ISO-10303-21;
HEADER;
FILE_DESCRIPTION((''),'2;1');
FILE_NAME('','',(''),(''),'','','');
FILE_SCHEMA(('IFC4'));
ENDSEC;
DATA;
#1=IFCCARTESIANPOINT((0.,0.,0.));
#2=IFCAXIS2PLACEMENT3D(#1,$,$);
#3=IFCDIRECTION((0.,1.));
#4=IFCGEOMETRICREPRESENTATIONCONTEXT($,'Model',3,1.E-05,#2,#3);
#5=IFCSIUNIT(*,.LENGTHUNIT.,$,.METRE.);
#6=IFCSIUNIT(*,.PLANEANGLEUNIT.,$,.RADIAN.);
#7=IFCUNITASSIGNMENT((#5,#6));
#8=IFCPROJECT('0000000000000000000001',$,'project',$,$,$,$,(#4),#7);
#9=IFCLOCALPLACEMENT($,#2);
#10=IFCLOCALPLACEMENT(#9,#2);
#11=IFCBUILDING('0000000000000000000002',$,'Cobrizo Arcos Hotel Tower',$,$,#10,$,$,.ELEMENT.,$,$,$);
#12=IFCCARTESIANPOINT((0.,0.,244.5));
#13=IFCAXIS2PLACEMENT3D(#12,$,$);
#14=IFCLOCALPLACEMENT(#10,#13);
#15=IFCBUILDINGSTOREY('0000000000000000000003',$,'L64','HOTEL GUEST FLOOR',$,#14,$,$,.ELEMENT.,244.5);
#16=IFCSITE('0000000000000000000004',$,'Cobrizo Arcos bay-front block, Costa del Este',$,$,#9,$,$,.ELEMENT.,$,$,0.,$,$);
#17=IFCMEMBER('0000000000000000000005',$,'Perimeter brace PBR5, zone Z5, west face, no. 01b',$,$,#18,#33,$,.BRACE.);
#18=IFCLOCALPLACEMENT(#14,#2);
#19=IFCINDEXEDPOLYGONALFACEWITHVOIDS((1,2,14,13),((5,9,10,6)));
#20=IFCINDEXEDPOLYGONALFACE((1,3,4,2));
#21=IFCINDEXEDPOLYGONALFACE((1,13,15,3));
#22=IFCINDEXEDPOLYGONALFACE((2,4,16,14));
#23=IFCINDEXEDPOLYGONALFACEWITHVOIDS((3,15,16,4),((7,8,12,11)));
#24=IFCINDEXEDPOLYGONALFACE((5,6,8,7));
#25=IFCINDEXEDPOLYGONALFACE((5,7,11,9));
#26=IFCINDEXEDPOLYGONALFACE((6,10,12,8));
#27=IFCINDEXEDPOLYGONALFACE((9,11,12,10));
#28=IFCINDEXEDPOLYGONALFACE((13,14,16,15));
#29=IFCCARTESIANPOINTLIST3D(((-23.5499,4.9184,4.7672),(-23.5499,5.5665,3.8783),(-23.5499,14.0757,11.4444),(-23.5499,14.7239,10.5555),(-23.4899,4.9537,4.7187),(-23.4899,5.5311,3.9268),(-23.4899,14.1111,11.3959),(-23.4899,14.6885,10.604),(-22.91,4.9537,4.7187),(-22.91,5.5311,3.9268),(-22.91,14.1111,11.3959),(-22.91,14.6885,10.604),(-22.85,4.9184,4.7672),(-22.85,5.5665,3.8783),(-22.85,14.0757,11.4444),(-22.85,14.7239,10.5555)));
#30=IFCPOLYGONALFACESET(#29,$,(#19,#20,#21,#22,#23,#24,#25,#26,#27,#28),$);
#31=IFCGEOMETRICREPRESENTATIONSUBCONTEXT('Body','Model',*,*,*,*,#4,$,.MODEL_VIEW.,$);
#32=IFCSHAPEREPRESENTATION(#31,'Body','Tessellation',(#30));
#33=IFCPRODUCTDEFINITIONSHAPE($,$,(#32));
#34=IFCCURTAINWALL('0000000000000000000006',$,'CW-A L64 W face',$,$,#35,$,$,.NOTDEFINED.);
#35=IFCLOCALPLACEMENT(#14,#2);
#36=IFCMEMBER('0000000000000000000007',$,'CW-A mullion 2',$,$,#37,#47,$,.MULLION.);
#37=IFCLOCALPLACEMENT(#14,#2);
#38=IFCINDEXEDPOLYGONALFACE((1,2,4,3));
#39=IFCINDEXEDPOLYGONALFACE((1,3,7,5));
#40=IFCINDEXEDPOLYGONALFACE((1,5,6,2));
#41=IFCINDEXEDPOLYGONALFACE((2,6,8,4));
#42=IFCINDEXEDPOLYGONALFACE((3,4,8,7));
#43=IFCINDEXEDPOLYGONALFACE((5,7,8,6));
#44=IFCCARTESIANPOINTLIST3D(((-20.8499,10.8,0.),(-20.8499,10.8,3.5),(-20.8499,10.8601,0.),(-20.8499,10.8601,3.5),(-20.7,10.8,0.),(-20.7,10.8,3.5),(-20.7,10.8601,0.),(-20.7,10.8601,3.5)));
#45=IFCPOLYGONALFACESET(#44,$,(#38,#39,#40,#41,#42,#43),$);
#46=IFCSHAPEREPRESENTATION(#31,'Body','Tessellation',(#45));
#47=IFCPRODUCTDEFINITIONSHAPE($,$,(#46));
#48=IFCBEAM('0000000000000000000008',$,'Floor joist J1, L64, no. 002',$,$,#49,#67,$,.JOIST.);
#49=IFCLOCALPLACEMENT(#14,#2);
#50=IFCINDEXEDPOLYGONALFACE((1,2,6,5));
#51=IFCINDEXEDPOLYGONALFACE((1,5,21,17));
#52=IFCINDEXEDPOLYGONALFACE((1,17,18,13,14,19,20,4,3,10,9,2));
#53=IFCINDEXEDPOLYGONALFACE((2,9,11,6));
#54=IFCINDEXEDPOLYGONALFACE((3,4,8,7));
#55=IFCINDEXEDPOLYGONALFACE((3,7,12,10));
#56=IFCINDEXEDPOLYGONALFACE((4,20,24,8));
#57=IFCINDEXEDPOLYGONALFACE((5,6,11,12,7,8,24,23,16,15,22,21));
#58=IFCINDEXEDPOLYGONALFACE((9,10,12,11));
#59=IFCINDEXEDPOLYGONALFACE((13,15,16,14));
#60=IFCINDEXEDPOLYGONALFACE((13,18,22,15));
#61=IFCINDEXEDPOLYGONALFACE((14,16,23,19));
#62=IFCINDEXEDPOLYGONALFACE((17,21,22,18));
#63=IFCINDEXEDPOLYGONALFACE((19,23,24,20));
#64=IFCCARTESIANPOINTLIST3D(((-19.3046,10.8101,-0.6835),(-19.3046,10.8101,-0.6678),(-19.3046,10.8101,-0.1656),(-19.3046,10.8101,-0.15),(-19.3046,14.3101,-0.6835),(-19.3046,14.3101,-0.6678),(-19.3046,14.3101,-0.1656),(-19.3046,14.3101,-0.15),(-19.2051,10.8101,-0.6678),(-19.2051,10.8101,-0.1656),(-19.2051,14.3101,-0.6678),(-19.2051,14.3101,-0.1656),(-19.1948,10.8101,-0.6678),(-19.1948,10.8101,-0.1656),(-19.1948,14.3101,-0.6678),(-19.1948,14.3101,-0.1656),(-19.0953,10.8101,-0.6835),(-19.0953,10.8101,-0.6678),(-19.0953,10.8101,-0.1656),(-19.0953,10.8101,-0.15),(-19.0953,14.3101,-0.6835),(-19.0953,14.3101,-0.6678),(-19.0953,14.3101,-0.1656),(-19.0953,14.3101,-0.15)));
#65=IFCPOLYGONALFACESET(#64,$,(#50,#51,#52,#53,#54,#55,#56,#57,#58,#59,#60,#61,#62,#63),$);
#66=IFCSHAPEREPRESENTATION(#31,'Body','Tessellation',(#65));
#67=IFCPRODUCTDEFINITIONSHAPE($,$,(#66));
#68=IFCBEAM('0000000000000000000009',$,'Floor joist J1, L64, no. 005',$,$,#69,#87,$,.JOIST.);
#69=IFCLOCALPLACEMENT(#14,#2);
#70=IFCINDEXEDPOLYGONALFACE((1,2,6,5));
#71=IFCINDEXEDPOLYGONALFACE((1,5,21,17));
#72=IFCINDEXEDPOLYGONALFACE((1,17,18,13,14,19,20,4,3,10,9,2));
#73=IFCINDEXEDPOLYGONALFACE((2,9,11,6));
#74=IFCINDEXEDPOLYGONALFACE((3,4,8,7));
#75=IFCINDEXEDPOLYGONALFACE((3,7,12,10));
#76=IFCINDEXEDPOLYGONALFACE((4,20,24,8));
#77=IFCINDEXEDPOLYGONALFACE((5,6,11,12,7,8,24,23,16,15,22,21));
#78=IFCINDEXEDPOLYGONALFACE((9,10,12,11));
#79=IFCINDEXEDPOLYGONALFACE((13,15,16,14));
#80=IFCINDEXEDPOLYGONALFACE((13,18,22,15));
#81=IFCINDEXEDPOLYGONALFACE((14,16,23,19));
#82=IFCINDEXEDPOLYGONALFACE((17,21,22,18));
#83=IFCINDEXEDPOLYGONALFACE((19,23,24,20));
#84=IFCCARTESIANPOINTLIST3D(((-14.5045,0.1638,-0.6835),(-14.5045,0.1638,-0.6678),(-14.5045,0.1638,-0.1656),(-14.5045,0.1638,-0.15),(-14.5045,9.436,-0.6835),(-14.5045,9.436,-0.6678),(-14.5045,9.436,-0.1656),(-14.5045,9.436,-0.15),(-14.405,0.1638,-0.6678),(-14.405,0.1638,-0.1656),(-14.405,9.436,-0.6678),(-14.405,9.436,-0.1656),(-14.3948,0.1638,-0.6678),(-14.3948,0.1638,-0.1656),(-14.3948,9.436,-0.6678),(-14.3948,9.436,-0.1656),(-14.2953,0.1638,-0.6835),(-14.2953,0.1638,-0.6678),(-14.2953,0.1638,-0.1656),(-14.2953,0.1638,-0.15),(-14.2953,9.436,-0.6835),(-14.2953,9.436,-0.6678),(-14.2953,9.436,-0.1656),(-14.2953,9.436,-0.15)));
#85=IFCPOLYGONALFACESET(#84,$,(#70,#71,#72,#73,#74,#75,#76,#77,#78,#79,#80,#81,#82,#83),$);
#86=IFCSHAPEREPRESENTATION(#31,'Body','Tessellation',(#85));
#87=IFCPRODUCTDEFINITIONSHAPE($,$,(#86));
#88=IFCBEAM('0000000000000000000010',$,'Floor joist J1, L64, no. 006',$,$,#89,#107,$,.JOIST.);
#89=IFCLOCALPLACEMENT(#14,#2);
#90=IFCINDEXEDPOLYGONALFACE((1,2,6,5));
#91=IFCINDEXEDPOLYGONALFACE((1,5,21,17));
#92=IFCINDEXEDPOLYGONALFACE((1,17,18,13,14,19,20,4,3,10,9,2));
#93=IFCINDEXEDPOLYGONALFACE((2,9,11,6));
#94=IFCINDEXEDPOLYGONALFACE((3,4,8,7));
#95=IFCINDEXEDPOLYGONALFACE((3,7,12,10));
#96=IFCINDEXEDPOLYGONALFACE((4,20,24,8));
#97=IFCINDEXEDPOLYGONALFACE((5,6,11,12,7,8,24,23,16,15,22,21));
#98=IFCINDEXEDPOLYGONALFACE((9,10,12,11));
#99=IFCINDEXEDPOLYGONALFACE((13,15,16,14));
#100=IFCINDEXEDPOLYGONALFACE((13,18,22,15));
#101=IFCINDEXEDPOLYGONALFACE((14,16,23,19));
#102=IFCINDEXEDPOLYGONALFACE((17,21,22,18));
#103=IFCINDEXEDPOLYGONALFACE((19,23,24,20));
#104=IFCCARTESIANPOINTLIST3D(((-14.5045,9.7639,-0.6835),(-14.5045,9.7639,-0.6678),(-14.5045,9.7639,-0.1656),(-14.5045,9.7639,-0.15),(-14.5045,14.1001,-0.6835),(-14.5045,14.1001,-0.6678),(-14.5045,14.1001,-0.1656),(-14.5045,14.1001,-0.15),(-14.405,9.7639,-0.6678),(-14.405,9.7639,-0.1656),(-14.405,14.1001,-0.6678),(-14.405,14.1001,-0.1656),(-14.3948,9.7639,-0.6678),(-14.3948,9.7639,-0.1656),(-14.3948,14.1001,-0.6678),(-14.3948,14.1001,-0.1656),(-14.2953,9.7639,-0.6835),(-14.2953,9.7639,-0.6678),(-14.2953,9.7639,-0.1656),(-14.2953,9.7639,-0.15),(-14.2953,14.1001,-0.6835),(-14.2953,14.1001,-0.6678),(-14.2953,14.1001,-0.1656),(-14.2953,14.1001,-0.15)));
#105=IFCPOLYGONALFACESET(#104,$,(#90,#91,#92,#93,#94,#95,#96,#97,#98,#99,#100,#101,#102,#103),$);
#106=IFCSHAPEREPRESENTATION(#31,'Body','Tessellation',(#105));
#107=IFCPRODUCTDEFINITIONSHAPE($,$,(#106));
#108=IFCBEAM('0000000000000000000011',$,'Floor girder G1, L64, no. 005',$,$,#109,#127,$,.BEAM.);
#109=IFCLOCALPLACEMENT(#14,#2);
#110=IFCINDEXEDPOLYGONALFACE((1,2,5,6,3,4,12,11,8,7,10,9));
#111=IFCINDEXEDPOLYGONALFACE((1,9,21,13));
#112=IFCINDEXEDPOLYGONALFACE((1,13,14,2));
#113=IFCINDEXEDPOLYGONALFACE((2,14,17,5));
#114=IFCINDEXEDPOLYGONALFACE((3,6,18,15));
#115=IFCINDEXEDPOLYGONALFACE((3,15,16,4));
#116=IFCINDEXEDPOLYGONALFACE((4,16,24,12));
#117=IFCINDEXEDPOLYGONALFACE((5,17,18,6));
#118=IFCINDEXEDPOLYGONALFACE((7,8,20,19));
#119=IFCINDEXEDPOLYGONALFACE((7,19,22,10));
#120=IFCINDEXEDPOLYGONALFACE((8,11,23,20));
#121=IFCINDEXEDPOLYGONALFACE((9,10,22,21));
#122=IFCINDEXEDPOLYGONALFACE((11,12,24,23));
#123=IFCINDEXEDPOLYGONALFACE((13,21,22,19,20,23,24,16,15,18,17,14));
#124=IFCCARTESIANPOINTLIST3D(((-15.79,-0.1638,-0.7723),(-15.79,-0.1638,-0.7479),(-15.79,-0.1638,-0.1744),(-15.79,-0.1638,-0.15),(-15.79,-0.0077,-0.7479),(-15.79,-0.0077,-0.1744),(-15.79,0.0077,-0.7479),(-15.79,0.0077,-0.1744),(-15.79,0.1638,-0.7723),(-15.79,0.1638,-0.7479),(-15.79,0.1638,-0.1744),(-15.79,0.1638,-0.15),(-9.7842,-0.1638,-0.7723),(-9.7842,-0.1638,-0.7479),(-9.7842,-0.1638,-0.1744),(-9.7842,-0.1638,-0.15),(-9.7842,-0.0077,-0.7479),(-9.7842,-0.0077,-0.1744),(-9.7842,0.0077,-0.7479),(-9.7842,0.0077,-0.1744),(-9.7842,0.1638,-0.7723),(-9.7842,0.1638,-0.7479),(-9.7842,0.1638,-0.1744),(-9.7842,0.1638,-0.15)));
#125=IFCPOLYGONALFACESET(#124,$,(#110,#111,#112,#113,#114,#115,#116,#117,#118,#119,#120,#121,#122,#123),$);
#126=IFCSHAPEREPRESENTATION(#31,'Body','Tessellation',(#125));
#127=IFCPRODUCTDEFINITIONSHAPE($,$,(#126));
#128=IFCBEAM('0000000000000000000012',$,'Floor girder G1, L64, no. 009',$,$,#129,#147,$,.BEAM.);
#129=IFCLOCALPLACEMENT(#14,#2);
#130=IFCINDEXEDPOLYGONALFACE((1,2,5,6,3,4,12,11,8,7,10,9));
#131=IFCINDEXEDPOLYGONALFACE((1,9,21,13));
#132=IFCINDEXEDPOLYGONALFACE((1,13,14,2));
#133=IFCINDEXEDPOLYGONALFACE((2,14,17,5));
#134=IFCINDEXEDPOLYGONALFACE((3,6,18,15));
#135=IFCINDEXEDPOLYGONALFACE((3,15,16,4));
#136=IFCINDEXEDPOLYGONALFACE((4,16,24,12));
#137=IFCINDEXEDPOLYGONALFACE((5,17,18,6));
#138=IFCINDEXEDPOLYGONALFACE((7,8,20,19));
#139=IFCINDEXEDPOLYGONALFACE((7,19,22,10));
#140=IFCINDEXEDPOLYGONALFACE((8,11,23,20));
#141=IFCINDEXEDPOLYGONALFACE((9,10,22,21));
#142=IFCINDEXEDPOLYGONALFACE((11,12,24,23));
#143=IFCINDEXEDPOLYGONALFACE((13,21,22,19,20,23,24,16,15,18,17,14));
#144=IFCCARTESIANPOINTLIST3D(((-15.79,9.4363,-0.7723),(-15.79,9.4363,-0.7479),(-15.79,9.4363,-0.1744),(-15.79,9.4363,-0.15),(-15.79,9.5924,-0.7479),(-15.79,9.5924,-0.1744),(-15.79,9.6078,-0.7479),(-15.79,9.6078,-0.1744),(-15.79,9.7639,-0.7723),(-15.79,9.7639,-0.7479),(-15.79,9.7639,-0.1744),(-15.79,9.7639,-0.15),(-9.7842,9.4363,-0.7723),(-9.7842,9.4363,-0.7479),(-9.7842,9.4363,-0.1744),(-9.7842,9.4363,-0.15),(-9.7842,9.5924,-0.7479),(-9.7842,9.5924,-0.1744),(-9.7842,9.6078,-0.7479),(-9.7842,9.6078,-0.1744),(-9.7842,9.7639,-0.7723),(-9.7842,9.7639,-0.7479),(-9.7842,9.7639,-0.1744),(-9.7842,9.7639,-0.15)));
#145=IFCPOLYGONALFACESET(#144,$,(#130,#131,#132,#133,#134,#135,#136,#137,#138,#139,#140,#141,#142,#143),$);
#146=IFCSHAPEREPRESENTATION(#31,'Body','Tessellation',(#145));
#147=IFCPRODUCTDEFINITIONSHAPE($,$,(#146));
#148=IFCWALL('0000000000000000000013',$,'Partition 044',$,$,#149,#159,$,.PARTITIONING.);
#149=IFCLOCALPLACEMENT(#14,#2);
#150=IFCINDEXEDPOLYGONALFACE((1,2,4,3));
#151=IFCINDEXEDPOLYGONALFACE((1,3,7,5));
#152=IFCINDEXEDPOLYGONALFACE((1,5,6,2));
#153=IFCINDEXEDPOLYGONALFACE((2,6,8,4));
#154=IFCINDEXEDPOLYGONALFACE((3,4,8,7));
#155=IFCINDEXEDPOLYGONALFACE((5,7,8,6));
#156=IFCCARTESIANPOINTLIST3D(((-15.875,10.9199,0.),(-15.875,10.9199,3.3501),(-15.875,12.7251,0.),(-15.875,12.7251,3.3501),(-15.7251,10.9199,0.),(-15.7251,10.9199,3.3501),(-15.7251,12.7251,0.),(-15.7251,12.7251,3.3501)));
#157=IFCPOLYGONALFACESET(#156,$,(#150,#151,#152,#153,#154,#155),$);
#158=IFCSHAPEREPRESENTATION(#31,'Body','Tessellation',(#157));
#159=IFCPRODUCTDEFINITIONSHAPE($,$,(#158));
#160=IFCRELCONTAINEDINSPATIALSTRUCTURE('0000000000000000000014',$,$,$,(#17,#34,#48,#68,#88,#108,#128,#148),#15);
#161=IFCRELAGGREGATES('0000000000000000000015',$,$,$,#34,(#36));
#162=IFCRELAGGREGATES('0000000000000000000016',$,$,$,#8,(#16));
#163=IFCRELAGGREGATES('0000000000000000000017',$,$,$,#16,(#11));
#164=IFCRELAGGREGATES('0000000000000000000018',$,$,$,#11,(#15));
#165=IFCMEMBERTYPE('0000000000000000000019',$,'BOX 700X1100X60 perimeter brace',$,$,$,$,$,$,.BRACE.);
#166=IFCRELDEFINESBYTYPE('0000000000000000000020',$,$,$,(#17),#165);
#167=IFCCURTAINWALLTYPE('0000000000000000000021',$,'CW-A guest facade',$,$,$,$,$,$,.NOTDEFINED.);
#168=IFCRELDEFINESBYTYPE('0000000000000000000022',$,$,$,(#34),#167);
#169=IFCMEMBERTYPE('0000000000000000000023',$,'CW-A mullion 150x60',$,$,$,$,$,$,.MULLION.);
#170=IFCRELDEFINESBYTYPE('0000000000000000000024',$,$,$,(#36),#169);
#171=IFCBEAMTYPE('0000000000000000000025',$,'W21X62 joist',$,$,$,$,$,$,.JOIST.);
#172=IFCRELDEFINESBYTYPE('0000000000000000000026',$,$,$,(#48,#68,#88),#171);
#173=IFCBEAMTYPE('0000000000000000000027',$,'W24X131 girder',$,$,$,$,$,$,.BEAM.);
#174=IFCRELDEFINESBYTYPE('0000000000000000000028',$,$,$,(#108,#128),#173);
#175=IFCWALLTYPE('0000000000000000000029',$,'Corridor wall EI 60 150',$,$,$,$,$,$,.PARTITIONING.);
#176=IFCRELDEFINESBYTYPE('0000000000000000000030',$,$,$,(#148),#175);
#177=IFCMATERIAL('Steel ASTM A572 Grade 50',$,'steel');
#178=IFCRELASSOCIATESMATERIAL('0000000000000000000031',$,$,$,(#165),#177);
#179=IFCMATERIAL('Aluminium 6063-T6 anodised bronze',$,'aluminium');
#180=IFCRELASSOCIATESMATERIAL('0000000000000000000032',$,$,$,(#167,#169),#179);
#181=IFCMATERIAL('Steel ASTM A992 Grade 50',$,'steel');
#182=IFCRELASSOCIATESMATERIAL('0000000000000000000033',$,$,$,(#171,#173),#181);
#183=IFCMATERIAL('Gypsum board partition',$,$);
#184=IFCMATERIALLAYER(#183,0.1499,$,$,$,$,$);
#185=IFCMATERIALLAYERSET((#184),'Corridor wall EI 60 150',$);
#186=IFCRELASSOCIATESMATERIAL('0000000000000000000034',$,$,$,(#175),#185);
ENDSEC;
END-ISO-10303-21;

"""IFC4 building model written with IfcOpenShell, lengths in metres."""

from ifc_helpers import new_model, si_unit, direction, frame, frame_2d, origin, origin_2d, place, context, subcontext, project, spatial, rectangle, hollow_rectangle, i_section, extrude, material, layer, layer_set, material_profile, profile_set, type_object, element, aggregate, save


model = new_model("IFC4")

# Units and contexts
model_context = context("Model", 3, precision=1e-05, world=origin(), true_north=direction((0.0, 1.0)))
body_context = subcontext(model_context, "Body", "Model", "MODEL_VIEW")
ifc_project = project(units=[si_unit("LENGTHUNIT", "METRE"), si_unit("PLANEANGLEUNIT", "RADIAN")], contexts=[model_context])

# Site, building, storey
site_placement = place(None, origin())
site = spatial("IfcSite", under=ifc_project, at=site_placement, Name="Cobrizo Arcos bay-front block, Costa del Este", CompositionType="ELEMENT", RefElevation=0.0)
building_placement = place(site_placement, origin())
building = spatial("IfcBuilding", under=site, at=building_placement, Name="Cobrizo Arcos Hotel Tower", CompositionType="ELEMENT")
storey_placement = place(building_placement, frame((0.0, 0.0, 244.5)))
storey = spatial("IfcBuildingStorey", under=building, at=storey_placement, Name="L64", Description="HOTEL GUEST FLOOR", CompositionType="ELEMENT", Elevation=244.5)

# Member
ifc_material_1 = material(Name="Steel ASTM A572 Grade 50", Category="steel")
ifc_material_profile_1 = material_profile(ifc_material_1, hollow_rectangle(XDim=0.7, YDim=1.1001, WallThickness=0.0601, at=origin_2d()), Name="BOX 700X1100X60")
ifc_profile_set_1 = profile_set([ifc_material_profile_1], Name="Steel ASTM A572 Grade 50")
member_type_1 = type_object("IfcMemberType", Name="BOX 700X1100X60 perimeter brace", PredefinedType="BRACE", material=ifc_profile_set_1)
member_1_placement = place(storey_placement, frame((-23.2, 5.2424, 4.3228), z_axis=(0.0, 0.808011, 0.589168), x_axis=(-1.0, 0.0, 0.0)))
element("IfcMember", 1, at=member_1_placement, inside=storey, type_object=member_type_1, Name="Perimeter brace PBR5, zone Z5, west face, no. 01b", PredefinedType="BRACE", context=body_context, shape_type="SweptSolid", body=[
    extrude(hollow_rectangle(XDim=0.7, YDim=1.1001, WallThickness=0.0601, at=origin_2d()), origin(), (0.0, 0.0, 1.0), 11.3333),
])

# Curtain wall, member
ifc_material_2 = material(Name="Aluminium 6063-T6 anodised bronze", Category="aluminium")
curtain_wall_type = type_object("IfcCurtainWallType", Name="CW-A guest facade", PredefinedType="NOTDEFINED", material=ifc_material_2)
curtain_wall_placement = place(storey_placement, origin())
curtain_wall = element("IfcCurtainWall", 2, at=curtain_wall_placement, inside=storey, type_object=curtain_wall_type, Name="CW-A L64 W face", PredefinedType="NOTDEFINED")
ifc_material_profile_2 = material_profile(ifc_material_2, rectangle(XDim=0.1499, YDim=0.0601, at=origin_2d()), Name="CW-A mullion 150x60")
ifc_profile_set_2 = profile_set([ifc_material_profile_2], Name="Aluminium 6063-T6 anodised bronze")
member_type_2 = type_object("IfcMemberType", Name="CW-A mullion 150x60", PredefinedType="MULLION", material=ifc_profile_set_2)
member_2_placement = place(storey_placement, frame((-20.7749, 10.8301, 0.0), z_axis=(0.0, 0.0, 1.0), x_axis=(-1.0, 0.0, 0.0)))
member_2 = element("IfcMember", 3, at=member_2_placement, type_object=member_type_2, Name="CW-A mullion 2", PredefinedType="MULLION", context=body_context, shape_type="SweptSolid", body=[
    extrude(rectangle(XDim=0.1499, YDim=0.0601, at=origin_2d()), origin(), (0.0, 0.0, 1.0), 3.5),
])
aggregate(curtain_wall, [member_2])

# Beams
ifc_material_3 = material(Name="Steel ASTM A992 Grade 50", Category="steel")
ifc_material_profile_3 = material_profile(ifc_material_3, i_section(OverallWidth=0.2092, OverallDepth=0.5334, WebThickness=0.0103, FlangeThickness=0.0156, at=origin_2d()), Name="W21X62")
ifc_profile_set_3 = profile_set([ifc_material_profile_3], Name="Steel ASTM A992 Grade 50")
beam_type_1 = type_object("IfcBeamType", Name="W21X62 joist", PredefinedType="JOIST", material=ifc_profile_set_3)
beam_1_placement = place(storey_placement, frame((-19.2, 10.8101, -0.4167), z_axis=(0.0, 1.0, 0.0), x_axis=(-1.0, 0.0, 0.0)))
element("IfcBeam", 4, at=beam_1_placement, inside=storey, type_object=beam_type_1, Name="Floor joist J1, L64, no. 002", PredefinedType="JOIST", context=body_context, shape_type="SweptSolid", body=[
    extrude(i_section(OverallWidth=0.2092, OverallDepth=0.5334, WebThickness=0.0103, FlangeThickness=0.0156, at=origin_2d()), origin(), (0.0, 0.0, 1.0), 3.5),
])
beam_2_placement = place(storey_placement, frame((-14.3999, 0.1638, -0.4167), z_axis=(0.0, 1.0, 0.0), x_axis=(-1.0, 0.0, 0.0)))
element("IfcBeam", 5, at=beam_2_placement, inside=storey, type_object=beam_type_1, Name="Floor joist J1, L64, no. 005", PredefinedType="JOIST", context=body_context, shape_type="SweptSolid", body=[
    extrude(i_section(OverallWidth=0.2092, OverallDepth=0.5334, WebThickness=0.0103, FlangeThickness=0.0156, at=origin_2d()), origin(), (0.0, 0.0, 1.0), 9.2722),
])
beam_3_placement = place(storey_placement, frame((-14.3999, 9.7639, -0.4167), z_axis=(0.0, 1.0, 0.0), x_axis=(-1.0, 0.0, 0.0)))
element("IfcBeam", 6, at=beam_3_placement, inside=storey, type_object=beam_type_1, Name="Floor joist J1, L64, no. 006", PredefinedType="JOIST", context=body_context, shape_type="SweptSolid", body=[
    extrude(i_section(OverallWidth=0.2092, OverallDepth=0.5334, WebThickness=0.0103, FlangeThickness=0.0156, at=origin_2d()), origin(), (0.0, 0.0, 1.0), 4.3362),
])
ifc_material_profile_4 = material_profile(ifc_material_3, i_section(OverallWidth=0.3276, OverallDepth=0.6223, WebThickness=0.0154, FlangeThickness=0.0244, at=origin_2d()), Name="W24X131")
ifc_profile_set_4 = profile_set([ifc_material_profile_4], Name="Steel ASTM A992 Grade 50")
beam_type_2 = type_object("IfcBeamType", Name="W24X131 girder", PredefinedType="BEAM", material=ifc_profile_set_4)
for number, where, z_axis, x_axis, name in (
    (7, (-15.79, 0.0, -0.4612), (1.0, 0.0, 0.0), (0.0, 1.0, 0.0), "Floor girder G1, L64, no. 005"),
    (8, (-15.79, 9.6001, -0.4612), (1.0, 0.0, 0.0), (0.0, 1.0, 0.0), "Floor girder G1, L64, no. 009"),
):
    element("IfcBeam", number, at=place(storey_placement, frame(where, z_axis=z_axis, x_axis=x_axis)), inside=storey, type_object=beam_type_2, Name=name, PredefinedType="BEAM", context=body_context, shape_type="SweptSolid", body=[
        extrude(i_section(OverallWidth=0.3276, OverallDepth=0.6223, WebThickness=0.0154, FlangeThickness=0.0244, at=origin_2d()), origin(), (0.0, 0.0, 1.0), 6.0059),
    ])

# Wall
ifc_material_4 = material(Name="Gypsum board partition")
ifc_layer_1 = layer(ifc_material_4, 0.1499)
ifc_layer_set_1 = layer_set([ifc_layer_1], Name="Corridor wall EI 60 150")
wall_type_1 = type_object("IfcWallType", Name="Corridor wall EI 60 150", PredefinedType="PARTITIONING", material=ifc_layer_set_1)
wall_1_placement = place(storey_placement, frame((-15.8, 10.9199, 0.0), z_axis=(0.0, 0.0, 1.0), x_axis=(0.0, 1.0, 0.0)))
element("IfcWall", 9, at=wall_1_placement, inside=storey, type_object=wall_type_1, Name="Partition 044", PredefinedType="PARTITIONING", context=body_context, shape_type="SweptSolid", body=[
    extrude(rectangle(XDim=1.8052, YDim=0.1499, at=frame_2d((0.9026, 0.0))), origin(), (0.0, 0.0, 1.0), 3.3501),
])

save(model, "model.ifc")
